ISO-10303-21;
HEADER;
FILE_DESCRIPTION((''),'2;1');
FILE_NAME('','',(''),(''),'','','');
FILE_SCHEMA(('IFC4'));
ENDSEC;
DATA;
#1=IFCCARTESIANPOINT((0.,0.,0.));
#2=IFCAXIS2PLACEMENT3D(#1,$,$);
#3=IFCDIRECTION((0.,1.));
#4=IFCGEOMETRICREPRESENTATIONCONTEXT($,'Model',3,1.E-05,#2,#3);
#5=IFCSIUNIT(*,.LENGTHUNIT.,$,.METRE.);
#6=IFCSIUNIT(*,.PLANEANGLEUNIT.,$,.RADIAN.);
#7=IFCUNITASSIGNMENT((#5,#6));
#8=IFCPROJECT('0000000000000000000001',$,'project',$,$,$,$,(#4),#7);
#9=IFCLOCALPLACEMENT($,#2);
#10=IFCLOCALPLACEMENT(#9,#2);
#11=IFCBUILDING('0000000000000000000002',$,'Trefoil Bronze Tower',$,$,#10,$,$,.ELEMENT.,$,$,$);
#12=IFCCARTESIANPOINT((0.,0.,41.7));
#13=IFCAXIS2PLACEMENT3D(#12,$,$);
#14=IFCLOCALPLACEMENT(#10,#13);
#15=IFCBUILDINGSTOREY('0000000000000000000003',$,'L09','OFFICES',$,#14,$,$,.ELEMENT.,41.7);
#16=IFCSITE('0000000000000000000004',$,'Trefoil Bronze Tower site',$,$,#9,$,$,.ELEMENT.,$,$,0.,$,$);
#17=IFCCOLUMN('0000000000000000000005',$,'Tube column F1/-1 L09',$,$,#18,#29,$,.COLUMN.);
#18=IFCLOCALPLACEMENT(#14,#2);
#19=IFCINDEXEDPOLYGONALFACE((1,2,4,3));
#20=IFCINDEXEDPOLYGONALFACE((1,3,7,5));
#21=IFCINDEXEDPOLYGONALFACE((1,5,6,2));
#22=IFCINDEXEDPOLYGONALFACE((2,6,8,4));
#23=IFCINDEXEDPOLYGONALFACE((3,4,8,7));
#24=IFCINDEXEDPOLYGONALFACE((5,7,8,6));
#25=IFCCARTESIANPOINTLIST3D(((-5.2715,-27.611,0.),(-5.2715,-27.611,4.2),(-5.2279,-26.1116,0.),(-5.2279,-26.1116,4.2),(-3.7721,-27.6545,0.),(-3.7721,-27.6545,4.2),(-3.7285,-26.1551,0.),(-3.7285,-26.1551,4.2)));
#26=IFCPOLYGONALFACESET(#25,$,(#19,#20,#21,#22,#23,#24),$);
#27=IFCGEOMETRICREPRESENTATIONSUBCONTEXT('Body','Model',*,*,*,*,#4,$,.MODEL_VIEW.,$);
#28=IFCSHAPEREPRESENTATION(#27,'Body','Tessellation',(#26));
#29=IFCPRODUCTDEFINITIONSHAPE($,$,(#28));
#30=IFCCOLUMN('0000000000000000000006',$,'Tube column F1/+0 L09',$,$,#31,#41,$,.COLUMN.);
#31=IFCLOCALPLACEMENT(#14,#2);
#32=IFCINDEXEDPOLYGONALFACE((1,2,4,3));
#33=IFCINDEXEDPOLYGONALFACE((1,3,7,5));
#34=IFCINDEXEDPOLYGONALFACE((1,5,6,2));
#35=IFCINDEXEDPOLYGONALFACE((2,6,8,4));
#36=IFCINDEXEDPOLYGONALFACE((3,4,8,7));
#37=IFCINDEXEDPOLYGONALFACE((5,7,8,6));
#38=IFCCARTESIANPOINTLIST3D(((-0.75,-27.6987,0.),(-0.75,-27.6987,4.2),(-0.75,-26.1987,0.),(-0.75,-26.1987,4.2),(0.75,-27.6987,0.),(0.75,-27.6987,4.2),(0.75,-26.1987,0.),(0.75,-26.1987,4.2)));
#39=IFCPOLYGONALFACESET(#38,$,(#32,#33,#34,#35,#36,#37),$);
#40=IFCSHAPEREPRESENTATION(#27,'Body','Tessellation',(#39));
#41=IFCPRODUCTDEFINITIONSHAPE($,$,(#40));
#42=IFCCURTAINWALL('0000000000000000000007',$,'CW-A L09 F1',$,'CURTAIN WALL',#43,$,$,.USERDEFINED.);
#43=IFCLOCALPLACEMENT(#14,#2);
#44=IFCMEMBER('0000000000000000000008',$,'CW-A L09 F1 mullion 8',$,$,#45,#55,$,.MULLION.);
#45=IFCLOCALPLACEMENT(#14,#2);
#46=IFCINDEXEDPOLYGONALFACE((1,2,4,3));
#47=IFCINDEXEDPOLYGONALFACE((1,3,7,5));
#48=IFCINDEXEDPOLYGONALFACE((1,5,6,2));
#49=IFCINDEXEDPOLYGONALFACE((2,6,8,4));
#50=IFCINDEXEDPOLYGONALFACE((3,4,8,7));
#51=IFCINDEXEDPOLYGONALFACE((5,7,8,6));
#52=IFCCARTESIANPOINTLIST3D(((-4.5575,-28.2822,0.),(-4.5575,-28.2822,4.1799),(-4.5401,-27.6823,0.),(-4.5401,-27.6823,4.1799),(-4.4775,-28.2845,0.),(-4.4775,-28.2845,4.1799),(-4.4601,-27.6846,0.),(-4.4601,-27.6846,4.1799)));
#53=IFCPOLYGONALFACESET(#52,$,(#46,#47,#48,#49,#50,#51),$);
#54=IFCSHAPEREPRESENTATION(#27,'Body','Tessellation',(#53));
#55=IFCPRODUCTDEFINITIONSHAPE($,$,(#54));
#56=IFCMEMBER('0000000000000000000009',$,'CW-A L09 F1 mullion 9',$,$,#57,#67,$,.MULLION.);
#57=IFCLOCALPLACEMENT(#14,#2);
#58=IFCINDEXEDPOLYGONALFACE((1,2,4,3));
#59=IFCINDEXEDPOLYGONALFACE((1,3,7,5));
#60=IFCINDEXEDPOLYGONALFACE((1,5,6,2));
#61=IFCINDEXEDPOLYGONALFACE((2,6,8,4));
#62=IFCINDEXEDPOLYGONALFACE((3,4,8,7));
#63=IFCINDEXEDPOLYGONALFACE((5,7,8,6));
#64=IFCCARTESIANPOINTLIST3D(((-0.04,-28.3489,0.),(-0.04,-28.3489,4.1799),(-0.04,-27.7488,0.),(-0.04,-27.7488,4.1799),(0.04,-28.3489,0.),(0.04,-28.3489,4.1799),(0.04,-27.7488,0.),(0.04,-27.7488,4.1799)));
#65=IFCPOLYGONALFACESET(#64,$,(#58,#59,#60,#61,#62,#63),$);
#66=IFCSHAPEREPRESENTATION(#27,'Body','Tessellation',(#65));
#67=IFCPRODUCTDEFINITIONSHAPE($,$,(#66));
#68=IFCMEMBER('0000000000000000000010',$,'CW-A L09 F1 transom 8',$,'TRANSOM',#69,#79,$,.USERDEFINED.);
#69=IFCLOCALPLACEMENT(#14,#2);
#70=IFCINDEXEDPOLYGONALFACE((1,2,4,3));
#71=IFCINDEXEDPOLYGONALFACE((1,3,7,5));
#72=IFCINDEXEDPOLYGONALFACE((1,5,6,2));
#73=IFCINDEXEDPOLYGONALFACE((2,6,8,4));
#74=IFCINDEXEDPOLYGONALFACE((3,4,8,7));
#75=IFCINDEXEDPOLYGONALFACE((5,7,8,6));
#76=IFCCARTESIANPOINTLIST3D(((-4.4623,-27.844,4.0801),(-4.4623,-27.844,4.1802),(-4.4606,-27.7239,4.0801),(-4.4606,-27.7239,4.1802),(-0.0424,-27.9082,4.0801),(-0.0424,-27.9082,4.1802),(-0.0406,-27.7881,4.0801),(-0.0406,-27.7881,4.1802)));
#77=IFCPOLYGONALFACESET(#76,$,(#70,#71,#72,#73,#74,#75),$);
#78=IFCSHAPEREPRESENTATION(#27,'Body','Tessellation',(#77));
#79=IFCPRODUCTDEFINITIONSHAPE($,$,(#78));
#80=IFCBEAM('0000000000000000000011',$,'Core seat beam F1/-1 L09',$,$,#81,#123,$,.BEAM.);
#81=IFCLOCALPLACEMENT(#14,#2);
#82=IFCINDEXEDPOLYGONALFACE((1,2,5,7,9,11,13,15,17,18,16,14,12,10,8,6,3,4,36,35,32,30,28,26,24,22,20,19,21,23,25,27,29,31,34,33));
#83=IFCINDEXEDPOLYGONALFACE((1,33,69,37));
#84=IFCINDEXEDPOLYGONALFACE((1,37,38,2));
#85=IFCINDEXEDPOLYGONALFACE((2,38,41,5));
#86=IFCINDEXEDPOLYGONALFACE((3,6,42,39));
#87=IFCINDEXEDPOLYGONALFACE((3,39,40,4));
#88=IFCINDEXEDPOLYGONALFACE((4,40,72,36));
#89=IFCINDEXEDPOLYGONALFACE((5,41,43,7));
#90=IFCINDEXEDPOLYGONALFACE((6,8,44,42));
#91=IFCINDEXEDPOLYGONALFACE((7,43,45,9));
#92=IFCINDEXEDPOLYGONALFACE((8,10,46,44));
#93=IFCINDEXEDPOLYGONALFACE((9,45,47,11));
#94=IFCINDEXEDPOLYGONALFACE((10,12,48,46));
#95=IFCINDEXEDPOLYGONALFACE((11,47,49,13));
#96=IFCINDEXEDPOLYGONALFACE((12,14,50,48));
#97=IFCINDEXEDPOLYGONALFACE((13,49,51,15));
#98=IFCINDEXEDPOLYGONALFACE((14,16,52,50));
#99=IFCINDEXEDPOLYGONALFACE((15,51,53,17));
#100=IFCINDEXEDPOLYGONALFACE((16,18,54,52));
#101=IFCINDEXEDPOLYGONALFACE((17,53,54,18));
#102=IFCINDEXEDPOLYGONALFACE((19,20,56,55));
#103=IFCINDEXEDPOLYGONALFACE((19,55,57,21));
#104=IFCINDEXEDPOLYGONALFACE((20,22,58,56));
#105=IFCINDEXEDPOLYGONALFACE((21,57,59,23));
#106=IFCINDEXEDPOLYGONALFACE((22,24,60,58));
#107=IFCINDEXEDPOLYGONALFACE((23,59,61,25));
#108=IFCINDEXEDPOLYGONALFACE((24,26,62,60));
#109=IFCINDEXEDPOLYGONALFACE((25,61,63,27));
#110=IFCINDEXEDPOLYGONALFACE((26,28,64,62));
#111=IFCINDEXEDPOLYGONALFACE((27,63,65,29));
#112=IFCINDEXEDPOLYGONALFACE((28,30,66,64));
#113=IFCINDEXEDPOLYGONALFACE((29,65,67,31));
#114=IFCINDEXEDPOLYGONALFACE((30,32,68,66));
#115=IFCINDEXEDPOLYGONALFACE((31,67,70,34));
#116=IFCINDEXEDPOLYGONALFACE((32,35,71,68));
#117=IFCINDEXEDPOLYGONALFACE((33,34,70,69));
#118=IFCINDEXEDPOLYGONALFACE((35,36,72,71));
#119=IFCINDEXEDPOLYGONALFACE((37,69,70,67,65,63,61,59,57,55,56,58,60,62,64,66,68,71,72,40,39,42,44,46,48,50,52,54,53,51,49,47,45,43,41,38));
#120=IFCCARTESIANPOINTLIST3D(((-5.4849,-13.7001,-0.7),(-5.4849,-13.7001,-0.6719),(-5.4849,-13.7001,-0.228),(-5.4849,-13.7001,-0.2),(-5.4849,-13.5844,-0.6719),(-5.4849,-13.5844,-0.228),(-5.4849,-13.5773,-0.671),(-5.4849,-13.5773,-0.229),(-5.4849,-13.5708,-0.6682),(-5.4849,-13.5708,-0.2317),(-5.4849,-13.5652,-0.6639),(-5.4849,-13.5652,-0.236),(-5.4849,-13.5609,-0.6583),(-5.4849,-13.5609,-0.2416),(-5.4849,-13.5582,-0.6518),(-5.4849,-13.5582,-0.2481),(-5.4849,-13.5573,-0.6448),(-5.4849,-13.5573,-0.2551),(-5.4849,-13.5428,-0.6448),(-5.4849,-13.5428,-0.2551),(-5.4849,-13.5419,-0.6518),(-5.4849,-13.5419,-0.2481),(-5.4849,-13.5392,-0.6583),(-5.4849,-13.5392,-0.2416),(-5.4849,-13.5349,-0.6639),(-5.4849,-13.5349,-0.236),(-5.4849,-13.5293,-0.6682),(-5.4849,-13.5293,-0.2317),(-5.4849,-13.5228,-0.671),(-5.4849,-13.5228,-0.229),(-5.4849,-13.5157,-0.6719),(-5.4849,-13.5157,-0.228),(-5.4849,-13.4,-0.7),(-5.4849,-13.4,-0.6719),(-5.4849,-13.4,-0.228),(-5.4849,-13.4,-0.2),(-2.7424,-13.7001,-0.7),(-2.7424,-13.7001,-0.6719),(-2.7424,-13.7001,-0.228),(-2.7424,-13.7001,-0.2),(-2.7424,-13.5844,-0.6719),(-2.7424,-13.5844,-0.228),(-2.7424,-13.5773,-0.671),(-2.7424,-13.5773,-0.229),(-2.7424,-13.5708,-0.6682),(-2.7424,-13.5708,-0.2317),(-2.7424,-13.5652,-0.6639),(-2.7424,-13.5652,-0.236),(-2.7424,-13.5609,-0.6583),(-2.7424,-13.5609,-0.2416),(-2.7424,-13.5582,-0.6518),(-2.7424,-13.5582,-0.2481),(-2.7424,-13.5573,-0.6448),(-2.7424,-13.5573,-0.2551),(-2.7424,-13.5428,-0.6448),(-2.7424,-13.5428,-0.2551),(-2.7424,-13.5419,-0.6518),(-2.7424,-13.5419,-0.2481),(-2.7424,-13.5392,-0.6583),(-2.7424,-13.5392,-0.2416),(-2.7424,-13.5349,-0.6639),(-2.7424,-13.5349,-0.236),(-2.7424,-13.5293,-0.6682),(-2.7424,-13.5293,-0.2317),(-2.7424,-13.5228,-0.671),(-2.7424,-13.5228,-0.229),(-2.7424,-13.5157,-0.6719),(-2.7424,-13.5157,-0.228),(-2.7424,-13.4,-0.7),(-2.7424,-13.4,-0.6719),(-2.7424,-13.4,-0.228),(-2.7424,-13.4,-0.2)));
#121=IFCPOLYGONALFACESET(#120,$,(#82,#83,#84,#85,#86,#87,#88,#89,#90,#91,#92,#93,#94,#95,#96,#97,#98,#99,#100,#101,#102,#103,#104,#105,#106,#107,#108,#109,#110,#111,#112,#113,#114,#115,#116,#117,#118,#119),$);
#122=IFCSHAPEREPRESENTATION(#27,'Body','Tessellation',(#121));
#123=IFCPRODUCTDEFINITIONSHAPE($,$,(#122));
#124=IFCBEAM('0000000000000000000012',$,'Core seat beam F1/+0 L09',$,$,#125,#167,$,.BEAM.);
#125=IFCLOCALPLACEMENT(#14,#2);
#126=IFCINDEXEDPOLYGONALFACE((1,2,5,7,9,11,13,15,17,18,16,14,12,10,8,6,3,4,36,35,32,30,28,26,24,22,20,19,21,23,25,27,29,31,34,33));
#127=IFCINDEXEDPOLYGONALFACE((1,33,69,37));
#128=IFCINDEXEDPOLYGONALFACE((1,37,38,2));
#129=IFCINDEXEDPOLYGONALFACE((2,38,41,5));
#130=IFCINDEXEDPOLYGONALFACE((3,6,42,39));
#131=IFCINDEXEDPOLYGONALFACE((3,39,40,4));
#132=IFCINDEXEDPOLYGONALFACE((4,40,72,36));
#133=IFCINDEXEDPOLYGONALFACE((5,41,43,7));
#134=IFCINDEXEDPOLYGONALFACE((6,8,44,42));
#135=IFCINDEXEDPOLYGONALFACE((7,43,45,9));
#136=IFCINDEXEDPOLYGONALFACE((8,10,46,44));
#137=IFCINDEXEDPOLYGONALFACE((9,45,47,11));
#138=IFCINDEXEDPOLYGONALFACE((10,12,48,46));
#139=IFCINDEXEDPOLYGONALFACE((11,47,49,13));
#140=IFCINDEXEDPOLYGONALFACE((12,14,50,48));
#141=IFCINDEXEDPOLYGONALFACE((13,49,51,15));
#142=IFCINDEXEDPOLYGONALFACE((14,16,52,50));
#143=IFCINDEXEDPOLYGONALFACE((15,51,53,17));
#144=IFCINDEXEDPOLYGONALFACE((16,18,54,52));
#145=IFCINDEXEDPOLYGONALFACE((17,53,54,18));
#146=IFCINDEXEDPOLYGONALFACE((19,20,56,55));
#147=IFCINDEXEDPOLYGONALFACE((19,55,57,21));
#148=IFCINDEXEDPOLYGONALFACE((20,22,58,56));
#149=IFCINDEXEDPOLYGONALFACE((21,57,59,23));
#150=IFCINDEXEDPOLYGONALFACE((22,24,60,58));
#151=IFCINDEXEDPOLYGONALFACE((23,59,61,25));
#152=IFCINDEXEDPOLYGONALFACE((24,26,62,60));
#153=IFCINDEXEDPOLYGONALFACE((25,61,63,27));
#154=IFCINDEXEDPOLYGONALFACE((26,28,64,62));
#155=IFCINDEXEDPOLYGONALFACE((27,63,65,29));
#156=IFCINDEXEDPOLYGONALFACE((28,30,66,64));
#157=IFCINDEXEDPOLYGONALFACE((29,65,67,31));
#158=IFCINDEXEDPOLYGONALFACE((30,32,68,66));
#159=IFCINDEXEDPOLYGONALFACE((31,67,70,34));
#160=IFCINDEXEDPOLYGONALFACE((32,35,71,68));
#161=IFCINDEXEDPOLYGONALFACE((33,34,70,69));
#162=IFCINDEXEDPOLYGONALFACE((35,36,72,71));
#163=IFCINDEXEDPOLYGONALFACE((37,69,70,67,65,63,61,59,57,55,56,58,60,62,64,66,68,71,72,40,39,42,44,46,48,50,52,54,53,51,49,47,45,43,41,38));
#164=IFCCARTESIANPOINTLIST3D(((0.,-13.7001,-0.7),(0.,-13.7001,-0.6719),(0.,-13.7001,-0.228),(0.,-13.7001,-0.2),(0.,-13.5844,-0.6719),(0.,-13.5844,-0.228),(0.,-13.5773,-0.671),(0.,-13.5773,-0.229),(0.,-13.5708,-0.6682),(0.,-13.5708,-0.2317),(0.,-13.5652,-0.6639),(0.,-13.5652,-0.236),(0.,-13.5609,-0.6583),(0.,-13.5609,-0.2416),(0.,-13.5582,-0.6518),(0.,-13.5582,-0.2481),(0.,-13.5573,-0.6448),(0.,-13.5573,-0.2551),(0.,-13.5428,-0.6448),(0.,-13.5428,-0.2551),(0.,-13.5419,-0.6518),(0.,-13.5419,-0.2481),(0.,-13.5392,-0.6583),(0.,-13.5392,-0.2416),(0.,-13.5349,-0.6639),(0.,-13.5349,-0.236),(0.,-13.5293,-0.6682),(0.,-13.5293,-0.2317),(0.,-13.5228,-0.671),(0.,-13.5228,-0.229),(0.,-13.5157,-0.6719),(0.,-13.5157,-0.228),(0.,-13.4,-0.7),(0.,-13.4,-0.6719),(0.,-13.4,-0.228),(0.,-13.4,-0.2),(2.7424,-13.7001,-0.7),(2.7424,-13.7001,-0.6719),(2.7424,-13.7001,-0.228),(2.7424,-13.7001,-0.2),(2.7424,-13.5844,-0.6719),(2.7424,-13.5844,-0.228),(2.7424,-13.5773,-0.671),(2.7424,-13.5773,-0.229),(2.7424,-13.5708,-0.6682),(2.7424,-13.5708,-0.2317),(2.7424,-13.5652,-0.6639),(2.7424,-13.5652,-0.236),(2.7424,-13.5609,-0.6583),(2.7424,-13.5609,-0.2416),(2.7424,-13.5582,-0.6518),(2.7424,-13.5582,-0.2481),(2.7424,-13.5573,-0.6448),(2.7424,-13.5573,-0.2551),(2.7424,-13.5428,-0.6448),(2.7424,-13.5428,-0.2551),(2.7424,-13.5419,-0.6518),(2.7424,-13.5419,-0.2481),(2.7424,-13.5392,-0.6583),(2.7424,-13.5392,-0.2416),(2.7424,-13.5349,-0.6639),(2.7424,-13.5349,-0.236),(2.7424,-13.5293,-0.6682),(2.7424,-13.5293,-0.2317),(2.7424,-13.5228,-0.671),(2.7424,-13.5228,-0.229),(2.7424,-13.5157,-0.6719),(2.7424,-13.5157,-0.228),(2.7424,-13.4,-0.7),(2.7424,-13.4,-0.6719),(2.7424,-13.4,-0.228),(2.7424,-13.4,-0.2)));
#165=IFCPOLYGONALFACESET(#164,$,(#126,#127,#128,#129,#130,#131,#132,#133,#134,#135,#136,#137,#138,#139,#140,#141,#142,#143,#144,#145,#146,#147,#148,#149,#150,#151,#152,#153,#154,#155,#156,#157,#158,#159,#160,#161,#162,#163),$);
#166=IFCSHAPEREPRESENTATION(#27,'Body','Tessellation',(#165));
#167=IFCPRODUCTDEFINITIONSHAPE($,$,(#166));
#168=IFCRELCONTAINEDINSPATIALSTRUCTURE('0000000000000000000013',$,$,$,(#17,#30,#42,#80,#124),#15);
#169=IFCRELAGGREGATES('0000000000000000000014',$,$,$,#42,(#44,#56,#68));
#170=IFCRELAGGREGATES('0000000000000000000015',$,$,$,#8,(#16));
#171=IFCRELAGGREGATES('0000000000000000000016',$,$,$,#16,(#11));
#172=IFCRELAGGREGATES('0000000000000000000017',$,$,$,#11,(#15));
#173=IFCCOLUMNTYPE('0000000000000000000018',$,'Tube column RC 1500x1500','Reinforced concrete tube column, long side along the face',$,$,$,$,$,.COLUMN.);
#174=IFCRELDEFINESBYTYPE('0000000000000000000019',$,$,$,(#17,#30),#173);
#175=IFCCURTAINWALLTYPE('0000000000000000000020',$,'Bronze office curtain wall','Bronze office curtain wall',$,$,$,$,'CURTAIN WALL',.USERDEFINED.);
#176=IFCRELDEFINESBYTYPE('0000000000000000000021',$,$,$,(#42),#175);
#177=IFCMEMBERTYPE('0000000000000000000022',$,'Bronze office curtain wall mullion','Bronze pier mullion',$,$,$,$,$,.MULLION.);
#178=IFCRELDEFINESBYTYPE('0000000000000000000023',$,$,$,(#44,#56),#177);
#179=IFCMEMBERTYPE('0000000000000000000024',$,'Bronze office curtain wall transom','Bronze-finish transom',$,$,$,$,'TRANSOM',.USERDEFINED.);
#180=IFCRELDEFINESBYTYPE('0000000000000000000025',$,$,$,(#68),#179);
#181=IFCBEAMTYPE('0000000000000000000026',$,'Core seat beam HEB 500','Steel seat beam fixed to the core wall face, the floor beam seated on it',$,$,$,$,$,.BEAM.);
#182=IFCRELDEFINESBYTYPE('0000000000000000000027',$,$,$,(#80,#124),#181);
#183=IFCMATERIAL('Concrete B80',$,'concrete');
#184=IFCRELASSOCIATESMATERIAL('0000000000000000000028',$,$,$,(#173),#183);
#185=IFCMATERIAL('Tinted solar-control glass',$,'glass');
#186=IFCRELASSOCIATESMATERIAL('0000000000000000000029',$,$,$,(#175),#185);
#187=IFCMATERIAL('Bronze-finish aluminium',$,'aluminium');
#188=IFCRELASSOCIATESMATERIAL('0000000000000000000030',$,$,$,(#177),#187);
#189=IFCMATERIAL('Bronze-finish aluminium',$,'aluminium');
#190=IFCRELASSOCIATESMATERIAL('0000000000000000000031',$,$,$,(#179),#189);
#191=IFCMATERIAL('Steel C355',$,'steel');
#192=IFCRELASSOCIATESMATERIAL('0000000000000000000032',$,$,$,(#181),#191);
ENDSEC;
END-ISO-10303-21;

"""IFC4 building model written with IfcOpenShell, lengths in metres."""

from ifc_helpers import new_model, si_unit, direction, frame, origin, origin_2d, place, context, subcontext, project, spatial, rectangle, i_section, extrude, material, material_profile, profile_set, type_object, element, aggregate, save


model = new_model("IFC4")

# Units and contexts
model_context = context("Model", 3, precision=1e-05, world=origin(), true_north=direction((0.0, 1.0)))
body_context = subcontext(model_context, "Body", "Model", "MODEL_VIEW")
ifc_project = project(units=[si_unit("LENGTHUNIT", "METRE"), si_unit("PLANEANGLEUNIT", "RADIAN")], contexts=[model_context])

# Site, building, storey
site_placement = place(None, origin())
site = spatial("IfcSite", under=ifc_project, at=site_placement, Name="Trefoil Bronze Tower site", CompositionType="ELEMENT", RefElevation=0.0)
building_placement = place(site_placement, origin())
building = spatial("IfcBuilding", under=site, at=building_placement, Name="Trefoil Bronze Tower", CompositionType="ELEMENT")
storey_placement = place(building_placement, frame((0.0, 0.0, 41.7)))
storey = spatial("IfcBuildingStorey", under=building, at=storey_placement, Name="L09", Description="OFFICES", CompositionType="ELEMENT", Elevation=41.7)

# Columns
ifc_material_1 = material(Name="Concrete B80", Category="concrete")
ifc_material_profile_1 = material_profile(ifc_material_1, rectangle(XDim=1.5, YDim=1.5, at=origin_2d()), Name="RC 1500x1500")
ifc_profile_set_1 = profile_set([ifc_material_profile_1], Name="Concrete B80")
column_type = type_object("IfcColumnType", Name="Tube column RC 1500x1500", Description="Reinforced concrete tube column, long side along the face", PredefinedType="COLUMN", material=ifc_profile_set_1)
for number, where, z_axis, x_axis, name in (
    (1, (-4.5, -26.8831, 0.0), (0.0, 0.0, 1.0), (0.999579, -0.029022, 0.0), "Tube column F1/-1 L09"),
    (2, (0.0, -26.9487, 0.0), (0.0, 0.0, 1.0), (1.0, 0.0, 0.0), "Tube column F1/+0 L09"),
):
    element("IfcColumn", number, at=place(storey_placement, frame(where, z_axis=z_axis, x_axis=x_axis)), inside=storey, type_object=column_type, Name=name, PredefinedType="COLUMN", context=body_context, shape_type="SweptSolid", body=[
        extrude(rectangle(XDim=1.5, YDim=1.5, at=origin_2d()), origin(), (0.0, 0.0, 1.0), 4.2),
    ])

# Curtain wall, members
ifc_material_2 = material(Name="Tinted solar-control glass", Category="glass")
curtain_wall_type = type_object("IfcCurtainWallType", Name="Bronze office curtain wall", Description="Bronze office curtain wall", ElementType="CURTAIN WALL", PredefinedType="USERDEFINED", material=ifc_material_2)
curtain_wall_placement = place(storey_placement, origin())
curtain_wall = element("IfcCurtainWall", 3, at=curtain_wall_placement, inside=storey, type_object=curtain_wall_type, Name="CW-A L09 F1", ObjectType="CURTAIN WALL", PredefinedType="USERDEFINED")
ifc_material_3 = material(Name="Bronze-finish aluminium", Category="aluminium")
ifc_material_profile_2 = material_profile(ifc_material_3, rectangle(XDim=0.6001, YDim=0.0801, at=origin_2d()), Name="CW-A mullion")
ifc_profile_set_2 = profile_set([ifc_material_profile_2], Name="Bronze-finish aluminium")
member_type_1 = type_object("IfcMemberType", Name="Bronze office curtain wall mullion", Description="Bronze pier mullion", PredefinedType="MULLION", material=ifc_profile_set_2)
member_1_placement = place(storey_placement, frame((-4.5088, -27.9834, 0.0), z_axis=(0.0, 0.0, 1.0), x_axis=(0.029022, 0.999579, 0.0)))
member_1 = element("IfcMember", 4, at=member_1_placement, type_object=member_type_1, Name="CW-A L09 F1 mullion 8", PredefinedType="MULLION", context=body_context, shape_type="SweptSolid", body=[
    extrude(rectangle(XDim=0.6001, YDim=0.0801, at=origin_2d()), origin(), (0.0, 0.0, 1.0), 4.1799),
])
member_2_placement = place(storey_placement, frame((0.0, -28.0488, 0.0), z_axis=(0.0, 0.0, 1.0), x_axis=(0.0, 1.0, 0.0)))
member_2 = element("IfcMember", 5, at=member_2_placement, type_object=member_type_1, Name="CW-A L09 F1 mullion 9", PredefinedType="MULLION", context=body_context, shape_type="SweptSolid", body=[
    extrude(rectangle(XDim=0.6001, YDim=0.0801, at=origin_2d()), origin(), (0.0, 0.0, 1.0), 4.1799),
])
ifc_material_4 = material(Name="Bronze-finish aluminium", Category="aluminium")
ifc_material_profile_3 = material_profile(ifc_material_4, rectangle(XDim=0.1201, YDim=0.1001, at=origin_2d()), Name="CW-A transom")
ifc_profile_set_3 = profile_set([ifc_material_profile_3], Name="Bronze-finish aluminium")
member_type_2 = type_object("IfcMemberType", Name="Bronze office curtain wall transom", Description="Bronze-finish transom", ElementType="TRANSOM", PredefinedType="USERDEFINED", material=ifc_profile_set_3)
member_3_placement = place(storey_placement, frame((-4.4614, -27.7839, 4.1301), z_axis=(0.999894, -0.014526, 0.0), x_axis=(0.014526, 0.999894, 0.0)))
member_3 = element("IfcMember", 6, at=member_3_placement, type_object=member_type_2, Name="CW-A L09 F1 transom 8", ObjectType="TRANSOM", PredefinedType="USERDEFINED", context=body_context, shape_type="SweptSolid", body=[
    extrude(rectangle(XDim=0.1201, YDim=0.1001, at=origin_2d()), origin(), (0.0, 0.0, 1.0), 4.4204),
])

# Beams
ifc_material_5 = material(Name="Steel C355", Category="steel")
ifc_material_profile_4 = material_profile(ifc_material_5, i_section(OverallWidth=0.3, OverallDepth=0.5, WebThickness=0.0144, FlangeThickness=0.0281, FilletRadius=0.0271, at=origin_2d()), Name="HEB 500")
ifc_profile_set_4 = profile_set([ifc_material_profile_4], Name="Steel C355")
beam_type_1 = type_object("IfcBeamType", Name="Core seat beam HEB 500", Description="Steel seat beam fixed to the core wall face, the floor beam seated on it", PredefinedType="BEAM", material=ifc_profile_set_4)
for number, where, z_axis, x_axis, name in (
    (7, (-5.4849, -13.55, -0.45), (1.0, 0.0, 0.0), (0.0, 1.0, 0.0), "Core seat beam F1/-1 L09"),
    (8, (0.0, -13.55, -0.45), (1.0, 0.0, 0.0), (0.0, 1.0, 0.0), "Core seat beam F1/+0 L09"),
):
    element("IfcBeam", number, at=place(storey_placement, frame(where, z_axis=z_axis, x_axis=x_axis)), inside=storey, type_object=beam_type_1, Name=name, PredefinedType="BEAM", context=body_context, shape_type="SweptSolid", body=[
        extrude(i_section(OverallWidth=0.3, OverallDepth=0.5, WebThickness=0.0144, FlangeThickness=0.0281, FilletRadius=0.0271, at=origin_2d()), origin(), (0.0, 0.0, 1.0), 2.7424),
    ])

aggregate(curtain_wall, [member_1, member_2, member_3])

save(model, "model.ifc")
